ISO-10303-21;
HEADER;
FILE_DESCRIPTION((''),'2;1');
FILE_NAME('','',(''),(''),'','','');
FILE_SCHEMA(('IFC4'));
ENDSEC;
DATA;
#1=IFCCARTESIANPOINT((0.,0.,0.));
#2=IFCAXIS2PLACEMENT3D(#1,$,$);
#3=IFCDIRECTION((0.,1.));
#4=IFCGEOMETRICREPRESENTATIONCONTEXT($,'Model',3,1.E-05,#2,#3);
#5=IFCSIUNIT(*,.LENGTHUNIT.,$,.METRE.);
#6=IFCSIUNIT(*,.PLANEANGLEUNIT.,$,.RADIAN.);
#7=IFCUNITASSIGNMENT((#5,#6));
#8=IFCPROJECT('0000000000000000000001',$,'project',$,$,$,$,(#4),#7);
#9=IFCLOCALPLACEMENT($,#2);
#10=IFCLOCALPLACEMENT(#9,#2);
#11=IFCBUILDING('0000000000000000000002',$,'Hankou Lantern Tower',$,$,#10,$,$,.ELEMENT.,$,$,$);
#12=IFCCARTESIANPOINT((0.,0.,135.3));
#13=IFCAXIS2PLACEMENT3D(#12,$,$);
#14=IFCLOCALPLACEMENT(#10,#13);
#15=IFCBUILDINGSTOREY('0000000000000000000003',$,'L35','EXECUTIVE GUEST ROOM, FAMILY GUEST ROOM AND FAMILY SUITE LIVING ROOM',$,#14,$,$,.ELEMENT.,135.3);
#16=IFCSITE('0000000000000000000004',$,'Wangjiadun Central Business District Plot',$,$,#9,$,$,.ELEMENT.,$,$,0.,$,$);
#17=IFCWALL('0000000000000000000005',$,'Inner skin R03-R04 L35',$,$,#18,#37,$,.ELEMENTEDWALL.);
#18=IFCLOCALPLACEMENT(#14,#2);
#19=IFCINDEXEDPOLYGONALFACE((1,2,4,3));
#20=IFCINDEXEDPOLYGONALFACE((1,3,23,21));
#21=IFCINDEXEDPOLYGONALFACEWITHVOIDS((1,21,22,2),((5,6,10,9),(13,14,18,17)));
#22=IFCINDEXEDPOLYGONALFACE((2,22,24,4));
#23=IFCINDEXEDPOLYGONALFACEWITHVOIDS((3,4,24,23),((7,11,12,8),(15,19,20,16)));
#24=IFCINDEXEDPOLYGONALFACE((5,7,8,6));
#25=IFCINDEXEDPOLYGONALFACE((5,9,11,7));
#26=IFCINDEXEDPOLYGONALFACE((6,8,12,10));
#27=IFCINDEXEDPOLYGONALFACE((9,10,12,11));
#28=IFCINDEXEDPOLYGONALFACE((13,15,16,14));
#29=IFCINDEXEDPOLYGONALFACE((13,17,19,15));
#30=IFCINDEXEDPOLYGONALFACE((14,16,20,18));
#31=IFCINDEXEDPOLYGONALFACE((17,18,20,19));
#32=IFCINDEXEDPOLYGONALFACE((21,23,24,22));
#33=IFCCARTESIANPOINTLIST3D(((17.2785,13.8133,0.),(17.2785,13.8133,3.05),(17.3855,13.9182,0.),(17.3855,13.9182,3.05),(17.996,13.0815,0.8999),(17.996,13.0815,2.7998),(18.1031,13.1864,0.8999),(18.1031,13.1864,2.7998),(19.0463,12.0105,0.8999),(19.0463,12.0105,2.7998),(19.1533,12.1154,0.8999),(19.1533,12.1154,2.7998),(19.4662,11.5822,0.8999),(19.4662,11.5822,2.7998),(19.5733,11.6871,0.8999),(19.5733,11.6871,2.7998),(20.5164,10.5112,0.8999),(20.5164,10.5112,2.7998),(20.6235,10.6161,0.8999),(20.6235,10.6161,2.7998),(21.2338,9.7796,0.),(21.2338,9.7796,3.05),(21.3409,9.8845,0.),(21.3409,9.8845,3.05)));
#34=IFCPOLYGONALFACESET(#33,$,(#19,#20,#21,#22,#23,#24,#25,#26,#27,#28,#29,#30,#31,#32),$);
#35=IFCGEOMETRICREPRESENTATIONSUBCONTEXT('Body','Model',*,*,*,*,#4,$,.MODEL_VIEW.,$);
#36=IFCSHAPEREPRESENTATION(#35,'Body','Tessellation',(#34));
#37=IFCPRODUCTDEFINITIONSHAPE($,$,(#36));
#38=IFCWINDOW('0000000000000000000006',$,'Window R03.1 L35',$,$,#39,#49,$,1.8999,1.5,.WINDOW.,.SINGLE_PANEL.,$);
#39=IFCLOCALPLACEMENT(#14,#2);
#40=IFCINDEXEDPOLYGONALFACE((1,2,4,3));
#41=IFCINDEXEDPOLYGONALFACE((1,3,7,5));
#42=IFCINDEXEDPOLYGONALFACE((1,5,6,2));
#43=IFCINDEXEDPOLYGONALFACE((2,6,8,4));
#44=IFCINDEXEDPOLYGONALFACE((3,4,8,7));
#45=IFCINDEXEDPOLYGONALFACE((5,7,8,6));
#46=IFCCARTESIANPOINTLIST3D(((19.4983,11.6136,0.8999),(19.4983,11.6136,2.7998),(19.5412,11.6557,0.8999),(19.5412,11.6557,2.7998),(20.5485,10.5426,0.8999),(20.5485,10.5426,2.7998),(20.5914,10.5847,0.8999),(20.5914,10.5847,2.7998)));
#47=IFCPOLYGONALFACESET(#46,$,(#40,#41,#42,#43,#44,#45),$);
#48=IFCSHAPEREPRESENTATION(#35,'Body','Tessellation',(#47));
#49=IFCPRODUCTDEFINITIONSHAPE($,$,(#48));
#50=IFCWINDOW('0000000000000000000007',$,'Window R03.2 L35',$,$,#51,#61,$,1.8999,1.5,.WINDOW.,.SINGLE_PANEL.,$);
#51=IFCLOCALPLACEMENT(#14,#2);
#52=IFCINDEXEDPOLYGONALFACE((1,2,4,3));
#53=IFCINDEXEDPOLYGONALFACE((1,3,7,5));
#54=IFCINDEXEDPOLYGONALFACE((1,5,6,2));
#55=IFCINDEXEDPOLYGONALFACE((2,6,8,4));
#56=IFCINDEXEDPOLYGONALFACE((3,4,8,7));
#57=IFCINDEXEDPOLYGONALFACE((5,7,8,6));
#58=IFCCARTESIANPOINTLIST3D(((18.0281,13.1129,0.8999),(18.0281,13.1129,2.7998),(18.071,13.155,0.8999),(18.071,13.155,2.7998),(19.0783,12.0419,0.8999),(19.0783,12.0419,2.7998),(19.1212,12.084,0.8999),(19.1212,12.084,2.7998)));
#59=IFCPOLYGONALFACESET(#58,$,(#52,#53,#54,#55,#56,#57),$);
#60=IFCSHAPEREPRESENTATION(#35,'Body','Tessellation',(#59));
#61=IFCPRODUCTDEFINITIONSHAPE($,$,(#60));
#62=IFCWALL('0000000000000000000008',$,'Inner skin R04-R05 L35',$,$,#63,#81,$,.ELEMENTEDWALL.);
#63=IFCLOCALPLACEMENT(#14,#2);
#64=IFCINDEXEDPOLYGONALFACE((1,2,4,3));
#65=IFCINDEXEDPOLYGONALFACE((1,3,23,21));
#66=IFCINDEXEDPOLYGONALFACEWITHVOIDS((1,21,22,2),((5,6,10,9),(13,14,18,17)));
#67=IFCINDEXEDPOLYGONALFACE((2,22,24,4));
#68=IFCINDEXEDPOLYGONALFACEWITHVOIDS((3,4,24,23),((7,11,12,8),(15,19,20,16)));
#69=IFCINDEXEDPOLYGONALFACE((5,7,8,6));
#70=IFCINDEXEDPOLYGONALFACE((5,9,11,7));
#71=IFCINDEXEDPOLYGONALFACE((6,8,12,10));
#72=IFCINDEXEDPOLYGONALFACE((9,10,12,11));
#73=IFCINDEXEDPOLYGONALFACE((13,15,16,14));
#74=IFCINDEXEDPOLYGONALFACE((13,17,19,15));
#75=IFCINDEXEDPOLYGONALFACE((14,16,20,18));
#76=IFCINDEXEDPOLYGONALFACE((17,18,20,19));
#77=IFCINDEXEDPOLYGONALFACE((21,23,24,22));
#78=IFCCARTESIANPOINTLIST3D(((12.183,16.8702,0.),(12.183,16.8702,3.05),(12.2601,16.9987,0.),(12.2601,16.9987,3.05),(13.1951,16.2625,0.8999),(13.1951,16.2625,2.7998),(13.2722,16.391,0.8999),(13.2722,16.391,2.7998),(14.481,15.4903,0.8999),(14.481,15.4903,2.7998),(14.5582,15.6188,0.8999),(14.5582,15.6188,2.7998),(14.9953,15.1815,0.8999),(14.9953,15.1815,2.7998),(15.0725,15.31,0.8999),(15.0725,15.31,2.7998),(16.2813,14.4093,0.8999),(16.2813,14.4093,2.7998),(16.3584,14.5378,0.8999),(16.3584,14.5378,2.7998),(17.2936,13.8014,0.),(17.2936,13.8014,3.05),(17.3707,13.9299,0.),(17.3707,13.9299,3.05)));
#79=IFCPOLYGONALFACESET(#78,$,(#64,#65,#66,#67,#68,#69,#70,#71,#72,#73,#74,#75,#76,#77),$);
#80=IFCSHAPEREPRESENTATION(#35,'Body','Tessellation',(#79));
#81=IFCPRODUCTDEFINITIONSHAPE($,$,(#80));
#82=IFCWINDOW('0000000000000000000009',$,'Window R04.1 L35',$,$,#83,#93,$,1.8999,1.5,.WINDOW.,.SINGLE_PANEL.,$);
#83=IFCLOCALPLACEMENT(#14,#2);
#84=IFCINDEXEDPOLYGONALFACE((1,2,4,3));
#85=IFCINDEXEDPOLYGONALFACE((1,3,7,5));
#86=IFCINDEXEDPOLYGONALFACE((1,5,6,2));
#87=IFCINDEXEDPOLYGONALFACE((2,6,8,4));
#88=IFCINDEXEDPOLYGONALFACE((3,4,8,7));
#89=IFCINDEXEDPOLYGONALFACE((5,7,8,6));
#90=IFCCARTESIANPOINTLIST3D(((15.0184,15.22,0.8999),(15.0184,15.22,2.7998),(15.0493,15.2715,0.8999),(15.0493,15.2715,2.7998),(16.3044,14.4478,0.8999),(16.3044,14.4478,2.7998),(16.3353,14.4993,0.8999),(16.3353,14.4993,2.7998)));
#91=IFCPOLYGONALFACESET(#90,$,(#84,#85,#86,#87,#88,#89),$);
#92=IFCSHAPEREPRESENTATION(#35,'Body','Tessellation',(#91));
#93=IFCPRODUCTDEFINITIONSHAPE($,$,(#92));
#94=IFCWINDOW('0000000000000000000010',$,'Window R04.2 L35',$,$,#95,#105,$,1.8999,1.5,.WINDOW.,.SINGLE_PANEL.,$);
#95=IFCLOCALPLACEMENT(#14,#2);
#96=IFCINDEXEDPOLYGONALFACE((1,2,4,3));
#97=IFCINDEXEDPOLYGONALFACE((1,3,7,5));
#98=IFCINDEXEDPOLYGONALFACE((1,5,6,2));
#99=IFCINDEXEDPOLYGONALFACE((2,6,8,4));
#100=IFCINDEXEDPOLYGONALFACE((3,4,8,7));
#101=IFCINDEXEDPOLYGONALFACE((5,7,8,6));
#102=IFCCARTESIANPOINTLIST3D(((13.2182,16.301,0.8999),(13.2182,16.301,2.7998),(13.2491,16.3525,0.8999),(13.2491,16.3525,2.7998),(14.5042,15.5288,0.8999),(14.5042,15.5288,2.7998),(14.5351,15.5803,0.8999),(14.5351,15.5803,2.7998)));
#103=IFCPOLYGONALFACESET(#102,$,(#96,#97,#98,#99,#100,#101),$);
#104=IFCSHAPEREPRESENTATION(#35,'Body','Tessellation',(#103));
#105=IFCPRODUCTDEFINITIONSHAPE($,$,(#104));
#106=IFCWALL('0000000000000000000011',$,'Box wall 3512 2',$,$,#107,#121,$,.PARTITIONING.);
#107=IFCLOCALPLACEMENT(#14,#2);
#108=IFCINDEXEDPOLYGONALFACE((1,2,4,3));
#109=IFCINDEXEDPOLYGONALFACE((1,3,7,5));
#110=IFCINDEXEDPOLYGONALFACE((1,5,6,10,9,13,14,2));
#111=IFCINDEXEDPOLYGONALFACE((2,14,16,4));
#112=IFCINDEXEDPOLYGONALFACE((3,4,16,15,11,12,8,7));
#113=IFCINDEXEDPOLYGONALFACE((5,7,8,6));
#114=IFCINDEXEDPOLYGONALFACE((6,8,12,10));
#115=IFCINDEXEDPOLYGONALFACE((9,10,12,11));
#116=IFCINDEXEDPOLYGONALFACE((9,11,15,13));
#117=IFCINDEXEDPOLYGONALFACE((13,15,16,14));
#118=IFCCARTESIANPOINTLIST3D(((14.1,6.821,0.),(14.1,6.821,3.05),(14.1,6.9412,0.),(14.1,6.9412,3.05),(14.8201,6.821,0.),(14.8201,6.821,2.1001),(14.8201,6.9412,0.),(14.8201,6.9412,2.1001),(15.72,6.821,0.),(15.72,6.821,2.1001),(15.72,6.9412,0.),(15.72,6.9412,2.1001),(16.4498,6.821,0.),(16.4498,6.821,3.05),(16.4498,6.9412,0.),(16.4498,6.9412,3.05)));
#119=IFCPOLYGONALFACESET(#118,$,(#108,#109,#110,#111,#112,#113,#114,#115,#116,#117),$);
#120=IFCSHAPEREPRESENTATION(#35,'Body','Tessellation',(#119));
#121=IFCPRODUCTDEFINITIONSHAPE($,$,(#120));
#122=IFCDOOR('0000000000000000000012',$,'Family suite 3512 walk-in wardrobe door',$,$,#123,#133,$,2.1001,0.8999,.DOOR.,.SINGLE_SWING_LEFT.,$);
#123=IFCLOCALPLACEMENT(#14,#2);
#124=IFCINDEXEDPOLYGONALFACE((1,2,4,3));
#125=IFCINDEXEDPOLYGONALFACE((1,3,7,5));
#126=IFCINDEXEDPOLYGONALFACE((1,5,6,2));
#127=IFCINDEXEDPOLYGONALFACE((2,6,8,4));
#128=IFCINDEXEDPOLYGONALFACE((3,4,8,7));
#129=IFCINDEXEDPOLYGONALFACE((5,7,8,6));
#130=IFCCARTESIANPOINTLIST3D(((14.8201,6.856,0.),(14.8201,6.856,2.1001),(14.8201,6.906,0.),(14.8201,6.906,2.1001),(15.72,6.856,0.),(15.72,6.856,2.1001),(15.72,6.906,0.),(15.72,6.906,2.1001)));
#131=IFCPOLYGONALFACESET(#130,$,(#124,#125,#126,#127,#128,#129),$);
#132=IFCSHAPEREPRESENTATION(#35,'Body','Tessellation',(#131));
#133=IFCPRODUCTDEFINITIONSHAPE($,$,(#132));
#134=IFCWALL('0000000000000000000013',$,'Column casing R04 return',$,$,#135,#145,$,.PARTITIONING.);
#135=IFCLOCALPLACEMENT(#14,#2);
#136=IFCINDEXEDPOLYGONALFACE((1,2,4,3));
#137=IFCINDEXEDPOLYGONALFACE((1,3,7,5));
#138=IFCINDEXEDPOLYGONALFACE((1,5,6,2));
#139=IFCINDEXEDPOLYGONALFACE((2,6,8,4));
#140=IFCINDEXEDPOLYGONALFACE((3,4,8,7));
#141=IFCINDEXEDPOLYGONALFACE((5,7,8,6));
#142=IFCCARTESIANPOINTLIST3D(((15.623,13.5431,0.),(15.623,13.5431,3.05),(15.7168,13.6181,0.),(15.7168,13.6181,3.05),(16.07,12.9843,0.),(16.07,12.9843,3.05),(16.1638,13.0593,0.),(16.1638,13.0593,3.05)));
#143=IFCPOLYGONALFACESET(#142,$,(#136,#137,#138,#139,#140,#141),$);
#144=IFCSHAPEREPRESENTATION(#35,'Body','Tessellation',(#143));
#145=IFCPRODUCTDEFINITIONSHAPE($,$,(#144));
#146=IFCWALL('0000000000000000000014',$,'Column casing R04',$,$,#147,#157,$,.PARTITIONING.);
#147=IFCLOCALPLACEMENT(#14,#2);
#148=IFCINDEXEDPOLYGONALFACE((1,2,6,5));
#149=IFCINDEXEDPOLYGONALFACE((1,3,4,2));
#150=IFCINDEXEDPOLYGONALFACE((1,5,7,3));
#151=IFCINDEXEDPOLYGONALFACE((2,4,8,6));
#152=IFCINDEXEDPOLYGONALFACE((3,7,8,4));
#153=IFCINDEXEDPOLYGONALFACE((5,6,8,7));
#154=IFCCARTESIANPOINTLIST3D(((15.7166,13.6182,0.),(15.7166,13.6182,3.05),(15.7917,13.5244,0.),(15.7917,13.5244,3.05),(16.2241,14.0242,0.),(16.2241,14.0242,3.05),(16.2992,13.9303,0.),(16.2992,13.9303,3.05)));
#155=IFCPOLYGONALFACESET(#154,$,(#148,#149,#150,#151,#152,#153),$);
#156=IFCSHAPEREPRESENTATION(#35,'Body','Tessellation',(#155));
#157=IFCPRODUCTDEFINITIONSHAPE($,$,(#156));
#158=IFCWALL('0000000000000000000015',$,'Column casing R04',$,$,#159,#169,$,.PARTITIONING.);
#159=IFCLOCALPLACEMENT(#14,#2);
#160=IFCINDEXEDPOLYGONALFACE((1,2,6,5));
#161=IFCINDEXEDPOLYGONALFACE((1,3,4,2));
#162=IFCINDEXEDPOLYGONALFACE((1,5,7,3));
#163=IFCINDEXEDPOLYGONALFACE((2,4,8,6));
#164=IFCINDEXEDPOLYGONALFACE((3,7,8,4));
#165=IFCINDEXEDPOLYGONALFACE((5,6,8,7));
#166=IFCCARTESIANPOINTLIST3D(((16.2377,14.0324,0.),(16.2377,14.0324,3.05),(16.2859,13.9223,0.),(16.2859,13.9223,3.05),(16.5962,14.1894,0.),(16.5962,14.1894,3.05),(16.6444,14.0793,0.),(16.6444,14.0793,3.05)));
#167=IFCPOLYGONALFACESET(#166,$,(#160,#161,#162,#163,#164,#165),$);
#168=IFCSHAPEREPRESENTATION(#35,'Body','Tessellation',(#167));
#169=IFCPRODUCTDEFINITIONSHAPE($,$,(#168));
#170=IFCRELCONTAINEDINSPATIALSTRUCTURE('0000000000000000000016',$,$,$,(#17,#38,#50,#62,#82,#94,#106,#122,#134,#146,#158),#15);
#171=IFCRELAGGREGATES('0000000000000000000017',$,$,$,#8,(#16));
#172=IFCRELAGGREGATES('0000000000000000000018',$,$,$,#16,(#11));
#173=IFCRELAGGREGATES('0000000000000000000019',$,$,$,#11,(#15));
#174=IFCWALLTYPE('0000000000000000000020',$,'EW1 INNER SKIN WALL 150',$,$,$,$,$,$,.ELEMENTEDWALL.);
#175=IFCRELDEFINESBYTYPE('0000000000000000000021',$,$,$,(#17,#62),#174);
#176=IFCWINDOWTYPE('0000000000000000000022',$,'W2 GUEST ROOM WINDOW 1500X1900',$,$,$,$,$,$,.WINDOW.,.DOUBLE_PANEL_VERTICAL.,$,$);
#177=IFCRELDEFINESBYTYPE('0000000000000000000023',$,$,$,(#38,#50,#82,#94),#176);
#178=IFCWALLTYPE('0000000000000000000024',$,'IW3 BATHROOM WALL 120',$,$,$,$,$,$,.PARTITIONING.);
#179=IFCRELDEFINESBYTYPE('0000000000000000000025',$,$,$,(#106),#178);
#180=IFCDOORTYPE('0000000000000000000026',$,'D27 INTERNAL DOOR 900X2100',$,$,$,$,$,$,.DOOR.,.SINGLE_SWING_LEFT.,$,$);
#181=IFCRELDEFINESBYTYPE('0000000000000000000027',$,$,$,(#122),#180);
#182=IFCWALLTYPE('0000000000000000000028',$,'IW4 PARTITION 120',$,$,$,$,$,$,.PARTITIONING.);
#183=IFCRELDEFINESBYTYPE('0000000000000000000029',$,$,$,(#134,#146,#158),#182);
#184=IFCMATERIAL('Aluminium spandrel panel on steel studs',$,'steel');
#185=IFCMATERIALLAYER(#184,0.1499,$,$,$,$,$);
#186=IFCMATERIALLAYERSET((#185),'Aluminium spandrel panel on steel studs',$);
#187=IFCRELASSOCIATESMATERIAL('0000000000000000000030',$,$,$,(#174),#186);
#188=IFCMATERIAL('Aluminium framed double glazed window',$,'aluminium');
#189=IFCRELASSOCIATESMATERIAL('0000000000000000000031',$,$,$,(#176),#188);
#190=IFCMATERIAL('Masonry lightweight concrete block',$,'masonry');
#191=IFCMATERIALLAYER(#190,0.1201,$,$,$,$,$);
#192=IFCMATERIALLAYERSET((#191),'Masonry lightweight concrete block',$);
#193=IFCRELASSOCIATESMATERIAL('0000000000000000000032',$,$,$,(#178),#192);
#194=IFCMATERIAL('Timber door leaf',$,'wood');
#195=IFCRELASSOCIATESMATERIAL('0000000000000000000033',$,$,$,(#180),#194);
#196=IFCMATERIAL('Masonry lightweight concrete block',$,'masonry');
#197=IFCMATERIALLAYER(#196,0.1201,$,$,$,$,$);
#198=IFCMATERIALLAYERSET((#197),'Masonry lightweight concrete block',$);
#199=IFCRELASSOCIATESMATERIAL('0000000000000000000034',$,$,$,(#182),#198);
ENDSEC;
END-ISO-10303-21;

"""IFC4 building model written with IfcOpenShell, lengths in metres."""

from ifc_helpers import new_model, si_unit, direction, frame, frame_2d, origin, place, context, subcontext, project, spatial, rectangle, extrude, material, layer, layer_set, type_object, element, fill, save


model = new_model("IFC4")

# Units and contexts
model_context = context("Model", 3, precision=1e-05, world=origin(), true_north=direction((0.0, 1.0)))
body_context = subcontext(model_context, "Body", "Model", "MODEL_VIEW")
ifc_project = project(units=[si_unit("LENGTHUNIT", "METRE"), si_unit("PLANEANGLEUNIT", "RADIAN")], contexts=[model_context])

# Site, building, storey
site_placement = place(None, origin())
site = spatial("IfcSite", under=ifc_project, at=site_placement, Name="Wangjiadun Central Business District Plot", CompositionType="ELEMENT", RefElevation=0.0)
building_placement = place(site_placement, origin())
building = spatial("IfcBuilding", under=site, at=building_placement, Name="Hankou Lantern Tower", CompositionType="ELEMENT")
storey_placement = place(building_placement, frame((0.0, 0.0, 135.3)))
storey = spatial("IfcBuildingStorey", under=building, at=storey_placement, Name="L35", Description="EXECUTIVE GUEST ROOM, FAMILY GUEST ROOM AND FAMILY SUITE LIVING ROOM", CompositionType="ELEMENT", Elevation=135.3)

# Walls, openings, windows
ifc_material_1 = material(Name="Aluminium spandrel panel on steel studs", Category="steel")
ifc_layer_1 = layer(ifc_material_1, 0.1499)
ifc_layer_set_1 = layer_set([ifc_layer_1], Name="Aluminium spandrel panel on steel studs")
wall_type_1 = type_object("IfcWallType", Name="EW1 INNER SKIN WALL 150", PredefinedType="ELEMENTEDWALL", material=ifc_layer_set_1)
wall_1_placement = place(storey_placement, frame((21.2874, 9.832, 0.0), z_axis=(0.0, 0.0, 1.0), x_axis=(-0.700137, 0.714009, 0.0)))
wall_1 = element("IfcWall", 1, at=wall_1_placement, inside=storey, type_object=wall_type_1, Name="Inner skin R03-R04 L35", PredefinedType="ELEMENTEDWALL", context=body_context, shape_type="SweptSolid", body=[
    extrude(rectangle(XDim=5.6494, YDim=0.1499, at=frame_2d((2.8247, 0.0))), origin(), (0.0, 0.0, 1.0), 3.05),
])
opening_1_placement = place(wall_1_placement, frame((1.0247, 0.0, 0.8999)))
opening_1 = element("IfcOpeningElement", 2, at=opening_1_placement, cuts=wall_1, PredefinedType="OPENING", context=body_context, shape_type="SweptSolid", body=[
    extrude(rectangle(XDim=1.5, YDim=1.8999, at=frame_2d((0.75, 0.95))), frame((0.0, 0.085, 0.0), z_axis=(0.0, -1.0, 0.0), x_axis=(1.0, 0.0, 0.0)), (0.0, 0.0, 1.0), 0.1699),
])
opening_2_placement = place(wall_1_placement, frame((3.1245, 0.0, 0.8999)))
opening_2 = element("IfcOpeningElement", 3, at=opening_2_placement, cuts=wall_1, PredefinedType="OPENING", context=body_context, shape_type="SweptSolid", body=[
    extrude(rectangle(XDim=1.5, YDim=1.8999, at=frame_2d((0.75, 0.95))), frame((0.0, 0.085, 0.0), z_axis=(0.0, -1.0, 0.0), x_axis=(1.0, 0.0, 0.0)), (0.0, 0.0, 1.0), 0.1699),
])
ifc_material_2 = material(Name="Aluminium framed double glazed window", Category="aluminium")
window_type = type_object("IfcWindowType", Name="W2 GUEST ROOM WINDOW 1500X1900", PartitioningType="DOUBLE_PANEL_VERTICAL", PredefinedType="WINDOW", material=ifc_material_2)
window_1_placement = place(opening_1_placement, origin())
window_1 = element("IfcWindow", 4, at=window_1_placement, inside=storey, type_object=window_type, Name="Window R03.1 L35", OverallHeight=1.8999, OverallWidth=1.5, PartitioningType="SINGLE_PANEL", PredefinedType="WINDOW", context=body_context, shape_type="SweptSolid", body=[
    extrude(rectangle(XDim=1.5, YDim=1.8999, at=frame_2d((0.75, 0.95))), frame((0.0, 0.03, 0.0), z_axis=(0.0, -1.0, 0.0), x_axis=(1.0, 0.0, 0.0)), (0.0, 0.0, 1.0), 0.0601),
])
fill(opening_1, window_1)
window_2_placement = place(opening_2_placement, origin())
window_2 = element("IfcWindow", 5, at=window_2_placement, inside=storey, type_object=window_type, Name="Window R03.2 L35", OverallHeight=1.8999, OverallWidth=1.5, PartitioningType="SINGLE_PANEL", PredefinedType="WINDOW", context=body_context, shape_type="SweptSolid", body=[
    extrude(rectangle(XDim=1.5, YDim=1.8999, at=frame_2d((0.75, 0.95))), frame((0.0, 0.03, 0.0), z_axis=(0.0, -1.0, 0.0), x_axis=(1.0, 0.0, 0.0)), (0.0, 0.0, 1.0), 0.0601),
])
fill(opening_2, window_2)
wall_2_placement = place(storey_placement, frame((17.332, 13.8657, 0.0), z_axis=(0.0, 0.0, 1.0), x_axis=(-0.857309, 0.514803, 0.0)))
wall_2 = element("IfcWall", 6, at=wall_2_placement, inside=storey, type_object=wall_type_1, Name="Inner skin R04-R05 L35", PredefinedType="ELEMENTEDWALL", context=body_context, shape_type="SweptSolid", body=[
    extrude(rectangle(XDim=5.9612, YDim=0.1499, at=frame_2d((2.9805, 0.0))), origin(), (0.0, 0.0, 1.0), 3.05),
])
opening_3_placement = place(wall_2_placement, frame((1.1807, 0.0, 0.8999)))
opening_3 = element("IfcOpeningElement", 7, at=opening_3_placement, cuts=wall_2, PredefinedType="OPENING", context=body_context, shape_type="SweptSolid", body=[
    extrude(rectangle(XDim=1.5, YDim=1.8999, at=frame_2d((0.75, 0.95))), frame((0.0, 0.085, 0.0), z_axis=(0.0, -1.0, 0.0), x_axis=(1.0, 0.0, 0.0)), (0.0, 0.0, 1.0), 0.1699),
])
opening_4_placement = place(wall_2_placement, frame((3.2805, 0.0, 0.8999)))
opening_4 = element("IfcOpeningElement", 8, at=opening_4_placement, cuts=wall_2, PredefinedType="OPENING", context=body_context, shape_type="SweptSolid", body=[
    extrude(rectangle(XDim=1.5, YDim=1.8999, at=frame_2d((0.75, 0.95))), frame((0.0, 0.085, 0.0), z_axis=(0.0, -1.0, 0.0), x_axis=(1.0, 0.0, 0.0)), (0.0, 0.0, 1.0), 0.1699),
])
window_3_placement = place(opening_3_placement, origin())
window_3 = element("IfcWindow", 9, at=window_3_placement, inside=storey, type_object=window_type, Name="Window R04.1 L35", OverallHeight=1.8999, OverallWidth=1.5, PartitioningType="SINGLE_PANEL", PredefinedType="WINDOW", context=body_context, shape_type="SweptSolid", body=[
    extrude(rectangle(XDim=1.5, YDim=1.8999, at=frame_2d((0.75, 0.95))), frame((0.0, 0.03, 0.0), z_axis=(0.0, -1.0, 0.0), x_axis=(1.0, 0.0, 0.0)), (0.0, 0.0, 1.0), 0.0601),
])
fill(opening_3, window_3)
window_4_placement = place(opening_4_placement, origin())
window_4 = element("IfcWindow", 10, at=window_4_placement, inside=storey, type_object=window_type, Name="Window R04.2 L35", OverallHeight=1.8999, OverallWidth=1.5, PartitioningType="SINGLE_PANEL", PredefinedType="WINDOW", context=body_context, shape_type="SweptSolid", body=[
    extrude(rectangle(XDim=1.5, YDim=1.8999, at=frame_2d((0.75, 0.95))), frame((0.0, 0.03, 0.0), z_axis=(0.0, -1.0, 0.0), x_axis=(1.0, 0.0, 0.0)), (0.0, 0.0, 1.0), 0.0601),
])
fill(opening_4, window_4)

# Wall, opening, door
ifc_material_3 = material(Name="Masonry lightweight concrete block", Category="masonry")
ifc_layer_2 = layer(ifc_material_3, 0.1201)
ifc_layer_set_2 = layer_set([ifc_layer_2], Name="Masonry lightweight concrete block")
wall_type_2 = type_object("IfcWallType", Name="IW3 BATHROOM WALL 120", PredefinedType="PARTITIONING", material=ifc_layer_set_2)
wall_3_placement = place(storey_placement, frame((14.1001, 6.8811, 0.0), z_axis=(0.0, 0.0, 1.0), x_axis=(1.0, 0.0, 0.0)))
wall_3 = element("IfcWall", 11, at=wall_3_placement, inside=storey, type_object=wall_type_2, Name="Box wall 3512 2", PredefinedType="PARTITIONING", context=body_context, shape_type="SweptSolid", body=[
    extrude(rectangle(XDim=2.3499, YDim=0.1201, at=frame_2d((1.1748, 0.0))), origin(), (0.0, 0.0, 1.0), 3.05),
])
opening_5_placement = place(wall_3_placement, frame((0.72, 0.0, 0.0)))
opening_5 = element("IfcOpeningElement", 12, at=opening_5_placement, cuts=wall_3, PredefinedType="OPENING", context=body_context, shape_type="SweptSolid", body=[
    extrude(rectangle(XDim=0.8999, YDim=2.1001, at=frame_2d((0.45, 1.05))), frame((0.0, 0.0701, 0.0), z_axis=(0.0, -1.0, 0.0), x_axis=(1.0, 0.0, 0.0)), (0.0, 0.0, 1.0), 0.1401),
])
ifc_material_4 = material(Name="Timber door leaf", Category="wood")
door_type_1 = type_object("IfcDoorType", Name="D27 INTERNAL DOOR 900X2100", OperationType="SINGLE_SWING_LEFT", PredefinedType="DOOR", material=ifc_material_4)
door_1_placement = place(opening_5_placement, origin())
door_1 = element("IfcDoor", 13, at=door_1_placement, inside=storey, type_object=door_type_1, Name="Family suite 3512 walk-in wardrobe door", OperationType="SINGLE_SWING_LEFT", OverallHeight=2.1001, OverallWidth=0.8999, PredefinedType="DOOR", context=body_context, shape_type="SweptSolid", body=[
    extrude(rectangle(XDim=0.8999, YDim=2.1001, at=frame_2d((0.45, 1.05))), frame((0.0, 0.0249, 0.0), z_axis=(0.0, -1.0, 0.0), x_axis=(1.0, 0.0, 0.0)), (0.0, 0.0, 1.0), 0.05),
])
fill(opening_5, door_1)

# Walls
ifc_material_5 = material(Name="Masonry lightweight concrete block", Category="masonry")
ifc_layer_3 = layer(ifc_material_5, 0.1201)
ifc_layer_set_3 = layer_set([ifc_layer_3], Name="Masonry lightweight concrete block")
wall_type_3 = type_object("IfcWallType", Name="IW4 PARTITION 120", PredefinedType="PARTITIONING", material=ifc_layer_set_3)
wall_4_placement = place(storey_placement, frame((16.1169, 13.0217, 0.0), z_axis=(0.0, 0.0, 1.0), x_axis=(-0.624653, 0.780902, 0.0)))
element("IfcWall", 14, at=wall_4_placement, inside=storey, type_object=wall_type_3, Name="Column casing R04 return", PredefinedType="PARTITIONING", context=body_context, shape_type="SweptSolid", body=[
    extrude(rectangle(XDim=0.7156, YDim=0.1201, at=frame_2d((0.3579, 0.0))), origin(), (0.0, 0.0, 1.0), 3.05),
])
wall_5_placement = place(storey_placement, frame((15.7542, 13.5713, 0.0), z_axis=(0.0, 0.0, 1.0), x_axis=(0.780905, 0.624649, 0.0)))
element("IfcWall", 15, at=wall_5_placement, inside=storey, type_object=wall_type_3, Name="Column casing R04", PredefinedType="PARTITIONING", context=body_context, shape_type="SweptSolid", body=[
    extrude(rectangle(XDim=0.6499, YDim=0.1201, at=frame_2d((0.325, 0.0))), origin(), (0.0, 0.0, 1.0), 3.05),
])
wall_6_placement = place(storey_placement, frame((16.2617, 13.9773, 0.0), z_axis=(0.0, 0.0, 1.0), x_axis=(0.915985, 0.401212, 0.0)))
element("IfcWall", 16, at=wall_6_placement, inside=storey, type_object=wall_type_3, Name="Column casing R04", PredefinedType="PARTITIONING", context=body_context, shape_type="SweptSolid", body=[
    extrude(rectangle(XDim=0.3914, YDim=0.1201, at=frame_2d((0.1958, 0.0))), origin(), (0.0, 0.0, 1.0), 3.05),
])

save(model, "model.ifc")
